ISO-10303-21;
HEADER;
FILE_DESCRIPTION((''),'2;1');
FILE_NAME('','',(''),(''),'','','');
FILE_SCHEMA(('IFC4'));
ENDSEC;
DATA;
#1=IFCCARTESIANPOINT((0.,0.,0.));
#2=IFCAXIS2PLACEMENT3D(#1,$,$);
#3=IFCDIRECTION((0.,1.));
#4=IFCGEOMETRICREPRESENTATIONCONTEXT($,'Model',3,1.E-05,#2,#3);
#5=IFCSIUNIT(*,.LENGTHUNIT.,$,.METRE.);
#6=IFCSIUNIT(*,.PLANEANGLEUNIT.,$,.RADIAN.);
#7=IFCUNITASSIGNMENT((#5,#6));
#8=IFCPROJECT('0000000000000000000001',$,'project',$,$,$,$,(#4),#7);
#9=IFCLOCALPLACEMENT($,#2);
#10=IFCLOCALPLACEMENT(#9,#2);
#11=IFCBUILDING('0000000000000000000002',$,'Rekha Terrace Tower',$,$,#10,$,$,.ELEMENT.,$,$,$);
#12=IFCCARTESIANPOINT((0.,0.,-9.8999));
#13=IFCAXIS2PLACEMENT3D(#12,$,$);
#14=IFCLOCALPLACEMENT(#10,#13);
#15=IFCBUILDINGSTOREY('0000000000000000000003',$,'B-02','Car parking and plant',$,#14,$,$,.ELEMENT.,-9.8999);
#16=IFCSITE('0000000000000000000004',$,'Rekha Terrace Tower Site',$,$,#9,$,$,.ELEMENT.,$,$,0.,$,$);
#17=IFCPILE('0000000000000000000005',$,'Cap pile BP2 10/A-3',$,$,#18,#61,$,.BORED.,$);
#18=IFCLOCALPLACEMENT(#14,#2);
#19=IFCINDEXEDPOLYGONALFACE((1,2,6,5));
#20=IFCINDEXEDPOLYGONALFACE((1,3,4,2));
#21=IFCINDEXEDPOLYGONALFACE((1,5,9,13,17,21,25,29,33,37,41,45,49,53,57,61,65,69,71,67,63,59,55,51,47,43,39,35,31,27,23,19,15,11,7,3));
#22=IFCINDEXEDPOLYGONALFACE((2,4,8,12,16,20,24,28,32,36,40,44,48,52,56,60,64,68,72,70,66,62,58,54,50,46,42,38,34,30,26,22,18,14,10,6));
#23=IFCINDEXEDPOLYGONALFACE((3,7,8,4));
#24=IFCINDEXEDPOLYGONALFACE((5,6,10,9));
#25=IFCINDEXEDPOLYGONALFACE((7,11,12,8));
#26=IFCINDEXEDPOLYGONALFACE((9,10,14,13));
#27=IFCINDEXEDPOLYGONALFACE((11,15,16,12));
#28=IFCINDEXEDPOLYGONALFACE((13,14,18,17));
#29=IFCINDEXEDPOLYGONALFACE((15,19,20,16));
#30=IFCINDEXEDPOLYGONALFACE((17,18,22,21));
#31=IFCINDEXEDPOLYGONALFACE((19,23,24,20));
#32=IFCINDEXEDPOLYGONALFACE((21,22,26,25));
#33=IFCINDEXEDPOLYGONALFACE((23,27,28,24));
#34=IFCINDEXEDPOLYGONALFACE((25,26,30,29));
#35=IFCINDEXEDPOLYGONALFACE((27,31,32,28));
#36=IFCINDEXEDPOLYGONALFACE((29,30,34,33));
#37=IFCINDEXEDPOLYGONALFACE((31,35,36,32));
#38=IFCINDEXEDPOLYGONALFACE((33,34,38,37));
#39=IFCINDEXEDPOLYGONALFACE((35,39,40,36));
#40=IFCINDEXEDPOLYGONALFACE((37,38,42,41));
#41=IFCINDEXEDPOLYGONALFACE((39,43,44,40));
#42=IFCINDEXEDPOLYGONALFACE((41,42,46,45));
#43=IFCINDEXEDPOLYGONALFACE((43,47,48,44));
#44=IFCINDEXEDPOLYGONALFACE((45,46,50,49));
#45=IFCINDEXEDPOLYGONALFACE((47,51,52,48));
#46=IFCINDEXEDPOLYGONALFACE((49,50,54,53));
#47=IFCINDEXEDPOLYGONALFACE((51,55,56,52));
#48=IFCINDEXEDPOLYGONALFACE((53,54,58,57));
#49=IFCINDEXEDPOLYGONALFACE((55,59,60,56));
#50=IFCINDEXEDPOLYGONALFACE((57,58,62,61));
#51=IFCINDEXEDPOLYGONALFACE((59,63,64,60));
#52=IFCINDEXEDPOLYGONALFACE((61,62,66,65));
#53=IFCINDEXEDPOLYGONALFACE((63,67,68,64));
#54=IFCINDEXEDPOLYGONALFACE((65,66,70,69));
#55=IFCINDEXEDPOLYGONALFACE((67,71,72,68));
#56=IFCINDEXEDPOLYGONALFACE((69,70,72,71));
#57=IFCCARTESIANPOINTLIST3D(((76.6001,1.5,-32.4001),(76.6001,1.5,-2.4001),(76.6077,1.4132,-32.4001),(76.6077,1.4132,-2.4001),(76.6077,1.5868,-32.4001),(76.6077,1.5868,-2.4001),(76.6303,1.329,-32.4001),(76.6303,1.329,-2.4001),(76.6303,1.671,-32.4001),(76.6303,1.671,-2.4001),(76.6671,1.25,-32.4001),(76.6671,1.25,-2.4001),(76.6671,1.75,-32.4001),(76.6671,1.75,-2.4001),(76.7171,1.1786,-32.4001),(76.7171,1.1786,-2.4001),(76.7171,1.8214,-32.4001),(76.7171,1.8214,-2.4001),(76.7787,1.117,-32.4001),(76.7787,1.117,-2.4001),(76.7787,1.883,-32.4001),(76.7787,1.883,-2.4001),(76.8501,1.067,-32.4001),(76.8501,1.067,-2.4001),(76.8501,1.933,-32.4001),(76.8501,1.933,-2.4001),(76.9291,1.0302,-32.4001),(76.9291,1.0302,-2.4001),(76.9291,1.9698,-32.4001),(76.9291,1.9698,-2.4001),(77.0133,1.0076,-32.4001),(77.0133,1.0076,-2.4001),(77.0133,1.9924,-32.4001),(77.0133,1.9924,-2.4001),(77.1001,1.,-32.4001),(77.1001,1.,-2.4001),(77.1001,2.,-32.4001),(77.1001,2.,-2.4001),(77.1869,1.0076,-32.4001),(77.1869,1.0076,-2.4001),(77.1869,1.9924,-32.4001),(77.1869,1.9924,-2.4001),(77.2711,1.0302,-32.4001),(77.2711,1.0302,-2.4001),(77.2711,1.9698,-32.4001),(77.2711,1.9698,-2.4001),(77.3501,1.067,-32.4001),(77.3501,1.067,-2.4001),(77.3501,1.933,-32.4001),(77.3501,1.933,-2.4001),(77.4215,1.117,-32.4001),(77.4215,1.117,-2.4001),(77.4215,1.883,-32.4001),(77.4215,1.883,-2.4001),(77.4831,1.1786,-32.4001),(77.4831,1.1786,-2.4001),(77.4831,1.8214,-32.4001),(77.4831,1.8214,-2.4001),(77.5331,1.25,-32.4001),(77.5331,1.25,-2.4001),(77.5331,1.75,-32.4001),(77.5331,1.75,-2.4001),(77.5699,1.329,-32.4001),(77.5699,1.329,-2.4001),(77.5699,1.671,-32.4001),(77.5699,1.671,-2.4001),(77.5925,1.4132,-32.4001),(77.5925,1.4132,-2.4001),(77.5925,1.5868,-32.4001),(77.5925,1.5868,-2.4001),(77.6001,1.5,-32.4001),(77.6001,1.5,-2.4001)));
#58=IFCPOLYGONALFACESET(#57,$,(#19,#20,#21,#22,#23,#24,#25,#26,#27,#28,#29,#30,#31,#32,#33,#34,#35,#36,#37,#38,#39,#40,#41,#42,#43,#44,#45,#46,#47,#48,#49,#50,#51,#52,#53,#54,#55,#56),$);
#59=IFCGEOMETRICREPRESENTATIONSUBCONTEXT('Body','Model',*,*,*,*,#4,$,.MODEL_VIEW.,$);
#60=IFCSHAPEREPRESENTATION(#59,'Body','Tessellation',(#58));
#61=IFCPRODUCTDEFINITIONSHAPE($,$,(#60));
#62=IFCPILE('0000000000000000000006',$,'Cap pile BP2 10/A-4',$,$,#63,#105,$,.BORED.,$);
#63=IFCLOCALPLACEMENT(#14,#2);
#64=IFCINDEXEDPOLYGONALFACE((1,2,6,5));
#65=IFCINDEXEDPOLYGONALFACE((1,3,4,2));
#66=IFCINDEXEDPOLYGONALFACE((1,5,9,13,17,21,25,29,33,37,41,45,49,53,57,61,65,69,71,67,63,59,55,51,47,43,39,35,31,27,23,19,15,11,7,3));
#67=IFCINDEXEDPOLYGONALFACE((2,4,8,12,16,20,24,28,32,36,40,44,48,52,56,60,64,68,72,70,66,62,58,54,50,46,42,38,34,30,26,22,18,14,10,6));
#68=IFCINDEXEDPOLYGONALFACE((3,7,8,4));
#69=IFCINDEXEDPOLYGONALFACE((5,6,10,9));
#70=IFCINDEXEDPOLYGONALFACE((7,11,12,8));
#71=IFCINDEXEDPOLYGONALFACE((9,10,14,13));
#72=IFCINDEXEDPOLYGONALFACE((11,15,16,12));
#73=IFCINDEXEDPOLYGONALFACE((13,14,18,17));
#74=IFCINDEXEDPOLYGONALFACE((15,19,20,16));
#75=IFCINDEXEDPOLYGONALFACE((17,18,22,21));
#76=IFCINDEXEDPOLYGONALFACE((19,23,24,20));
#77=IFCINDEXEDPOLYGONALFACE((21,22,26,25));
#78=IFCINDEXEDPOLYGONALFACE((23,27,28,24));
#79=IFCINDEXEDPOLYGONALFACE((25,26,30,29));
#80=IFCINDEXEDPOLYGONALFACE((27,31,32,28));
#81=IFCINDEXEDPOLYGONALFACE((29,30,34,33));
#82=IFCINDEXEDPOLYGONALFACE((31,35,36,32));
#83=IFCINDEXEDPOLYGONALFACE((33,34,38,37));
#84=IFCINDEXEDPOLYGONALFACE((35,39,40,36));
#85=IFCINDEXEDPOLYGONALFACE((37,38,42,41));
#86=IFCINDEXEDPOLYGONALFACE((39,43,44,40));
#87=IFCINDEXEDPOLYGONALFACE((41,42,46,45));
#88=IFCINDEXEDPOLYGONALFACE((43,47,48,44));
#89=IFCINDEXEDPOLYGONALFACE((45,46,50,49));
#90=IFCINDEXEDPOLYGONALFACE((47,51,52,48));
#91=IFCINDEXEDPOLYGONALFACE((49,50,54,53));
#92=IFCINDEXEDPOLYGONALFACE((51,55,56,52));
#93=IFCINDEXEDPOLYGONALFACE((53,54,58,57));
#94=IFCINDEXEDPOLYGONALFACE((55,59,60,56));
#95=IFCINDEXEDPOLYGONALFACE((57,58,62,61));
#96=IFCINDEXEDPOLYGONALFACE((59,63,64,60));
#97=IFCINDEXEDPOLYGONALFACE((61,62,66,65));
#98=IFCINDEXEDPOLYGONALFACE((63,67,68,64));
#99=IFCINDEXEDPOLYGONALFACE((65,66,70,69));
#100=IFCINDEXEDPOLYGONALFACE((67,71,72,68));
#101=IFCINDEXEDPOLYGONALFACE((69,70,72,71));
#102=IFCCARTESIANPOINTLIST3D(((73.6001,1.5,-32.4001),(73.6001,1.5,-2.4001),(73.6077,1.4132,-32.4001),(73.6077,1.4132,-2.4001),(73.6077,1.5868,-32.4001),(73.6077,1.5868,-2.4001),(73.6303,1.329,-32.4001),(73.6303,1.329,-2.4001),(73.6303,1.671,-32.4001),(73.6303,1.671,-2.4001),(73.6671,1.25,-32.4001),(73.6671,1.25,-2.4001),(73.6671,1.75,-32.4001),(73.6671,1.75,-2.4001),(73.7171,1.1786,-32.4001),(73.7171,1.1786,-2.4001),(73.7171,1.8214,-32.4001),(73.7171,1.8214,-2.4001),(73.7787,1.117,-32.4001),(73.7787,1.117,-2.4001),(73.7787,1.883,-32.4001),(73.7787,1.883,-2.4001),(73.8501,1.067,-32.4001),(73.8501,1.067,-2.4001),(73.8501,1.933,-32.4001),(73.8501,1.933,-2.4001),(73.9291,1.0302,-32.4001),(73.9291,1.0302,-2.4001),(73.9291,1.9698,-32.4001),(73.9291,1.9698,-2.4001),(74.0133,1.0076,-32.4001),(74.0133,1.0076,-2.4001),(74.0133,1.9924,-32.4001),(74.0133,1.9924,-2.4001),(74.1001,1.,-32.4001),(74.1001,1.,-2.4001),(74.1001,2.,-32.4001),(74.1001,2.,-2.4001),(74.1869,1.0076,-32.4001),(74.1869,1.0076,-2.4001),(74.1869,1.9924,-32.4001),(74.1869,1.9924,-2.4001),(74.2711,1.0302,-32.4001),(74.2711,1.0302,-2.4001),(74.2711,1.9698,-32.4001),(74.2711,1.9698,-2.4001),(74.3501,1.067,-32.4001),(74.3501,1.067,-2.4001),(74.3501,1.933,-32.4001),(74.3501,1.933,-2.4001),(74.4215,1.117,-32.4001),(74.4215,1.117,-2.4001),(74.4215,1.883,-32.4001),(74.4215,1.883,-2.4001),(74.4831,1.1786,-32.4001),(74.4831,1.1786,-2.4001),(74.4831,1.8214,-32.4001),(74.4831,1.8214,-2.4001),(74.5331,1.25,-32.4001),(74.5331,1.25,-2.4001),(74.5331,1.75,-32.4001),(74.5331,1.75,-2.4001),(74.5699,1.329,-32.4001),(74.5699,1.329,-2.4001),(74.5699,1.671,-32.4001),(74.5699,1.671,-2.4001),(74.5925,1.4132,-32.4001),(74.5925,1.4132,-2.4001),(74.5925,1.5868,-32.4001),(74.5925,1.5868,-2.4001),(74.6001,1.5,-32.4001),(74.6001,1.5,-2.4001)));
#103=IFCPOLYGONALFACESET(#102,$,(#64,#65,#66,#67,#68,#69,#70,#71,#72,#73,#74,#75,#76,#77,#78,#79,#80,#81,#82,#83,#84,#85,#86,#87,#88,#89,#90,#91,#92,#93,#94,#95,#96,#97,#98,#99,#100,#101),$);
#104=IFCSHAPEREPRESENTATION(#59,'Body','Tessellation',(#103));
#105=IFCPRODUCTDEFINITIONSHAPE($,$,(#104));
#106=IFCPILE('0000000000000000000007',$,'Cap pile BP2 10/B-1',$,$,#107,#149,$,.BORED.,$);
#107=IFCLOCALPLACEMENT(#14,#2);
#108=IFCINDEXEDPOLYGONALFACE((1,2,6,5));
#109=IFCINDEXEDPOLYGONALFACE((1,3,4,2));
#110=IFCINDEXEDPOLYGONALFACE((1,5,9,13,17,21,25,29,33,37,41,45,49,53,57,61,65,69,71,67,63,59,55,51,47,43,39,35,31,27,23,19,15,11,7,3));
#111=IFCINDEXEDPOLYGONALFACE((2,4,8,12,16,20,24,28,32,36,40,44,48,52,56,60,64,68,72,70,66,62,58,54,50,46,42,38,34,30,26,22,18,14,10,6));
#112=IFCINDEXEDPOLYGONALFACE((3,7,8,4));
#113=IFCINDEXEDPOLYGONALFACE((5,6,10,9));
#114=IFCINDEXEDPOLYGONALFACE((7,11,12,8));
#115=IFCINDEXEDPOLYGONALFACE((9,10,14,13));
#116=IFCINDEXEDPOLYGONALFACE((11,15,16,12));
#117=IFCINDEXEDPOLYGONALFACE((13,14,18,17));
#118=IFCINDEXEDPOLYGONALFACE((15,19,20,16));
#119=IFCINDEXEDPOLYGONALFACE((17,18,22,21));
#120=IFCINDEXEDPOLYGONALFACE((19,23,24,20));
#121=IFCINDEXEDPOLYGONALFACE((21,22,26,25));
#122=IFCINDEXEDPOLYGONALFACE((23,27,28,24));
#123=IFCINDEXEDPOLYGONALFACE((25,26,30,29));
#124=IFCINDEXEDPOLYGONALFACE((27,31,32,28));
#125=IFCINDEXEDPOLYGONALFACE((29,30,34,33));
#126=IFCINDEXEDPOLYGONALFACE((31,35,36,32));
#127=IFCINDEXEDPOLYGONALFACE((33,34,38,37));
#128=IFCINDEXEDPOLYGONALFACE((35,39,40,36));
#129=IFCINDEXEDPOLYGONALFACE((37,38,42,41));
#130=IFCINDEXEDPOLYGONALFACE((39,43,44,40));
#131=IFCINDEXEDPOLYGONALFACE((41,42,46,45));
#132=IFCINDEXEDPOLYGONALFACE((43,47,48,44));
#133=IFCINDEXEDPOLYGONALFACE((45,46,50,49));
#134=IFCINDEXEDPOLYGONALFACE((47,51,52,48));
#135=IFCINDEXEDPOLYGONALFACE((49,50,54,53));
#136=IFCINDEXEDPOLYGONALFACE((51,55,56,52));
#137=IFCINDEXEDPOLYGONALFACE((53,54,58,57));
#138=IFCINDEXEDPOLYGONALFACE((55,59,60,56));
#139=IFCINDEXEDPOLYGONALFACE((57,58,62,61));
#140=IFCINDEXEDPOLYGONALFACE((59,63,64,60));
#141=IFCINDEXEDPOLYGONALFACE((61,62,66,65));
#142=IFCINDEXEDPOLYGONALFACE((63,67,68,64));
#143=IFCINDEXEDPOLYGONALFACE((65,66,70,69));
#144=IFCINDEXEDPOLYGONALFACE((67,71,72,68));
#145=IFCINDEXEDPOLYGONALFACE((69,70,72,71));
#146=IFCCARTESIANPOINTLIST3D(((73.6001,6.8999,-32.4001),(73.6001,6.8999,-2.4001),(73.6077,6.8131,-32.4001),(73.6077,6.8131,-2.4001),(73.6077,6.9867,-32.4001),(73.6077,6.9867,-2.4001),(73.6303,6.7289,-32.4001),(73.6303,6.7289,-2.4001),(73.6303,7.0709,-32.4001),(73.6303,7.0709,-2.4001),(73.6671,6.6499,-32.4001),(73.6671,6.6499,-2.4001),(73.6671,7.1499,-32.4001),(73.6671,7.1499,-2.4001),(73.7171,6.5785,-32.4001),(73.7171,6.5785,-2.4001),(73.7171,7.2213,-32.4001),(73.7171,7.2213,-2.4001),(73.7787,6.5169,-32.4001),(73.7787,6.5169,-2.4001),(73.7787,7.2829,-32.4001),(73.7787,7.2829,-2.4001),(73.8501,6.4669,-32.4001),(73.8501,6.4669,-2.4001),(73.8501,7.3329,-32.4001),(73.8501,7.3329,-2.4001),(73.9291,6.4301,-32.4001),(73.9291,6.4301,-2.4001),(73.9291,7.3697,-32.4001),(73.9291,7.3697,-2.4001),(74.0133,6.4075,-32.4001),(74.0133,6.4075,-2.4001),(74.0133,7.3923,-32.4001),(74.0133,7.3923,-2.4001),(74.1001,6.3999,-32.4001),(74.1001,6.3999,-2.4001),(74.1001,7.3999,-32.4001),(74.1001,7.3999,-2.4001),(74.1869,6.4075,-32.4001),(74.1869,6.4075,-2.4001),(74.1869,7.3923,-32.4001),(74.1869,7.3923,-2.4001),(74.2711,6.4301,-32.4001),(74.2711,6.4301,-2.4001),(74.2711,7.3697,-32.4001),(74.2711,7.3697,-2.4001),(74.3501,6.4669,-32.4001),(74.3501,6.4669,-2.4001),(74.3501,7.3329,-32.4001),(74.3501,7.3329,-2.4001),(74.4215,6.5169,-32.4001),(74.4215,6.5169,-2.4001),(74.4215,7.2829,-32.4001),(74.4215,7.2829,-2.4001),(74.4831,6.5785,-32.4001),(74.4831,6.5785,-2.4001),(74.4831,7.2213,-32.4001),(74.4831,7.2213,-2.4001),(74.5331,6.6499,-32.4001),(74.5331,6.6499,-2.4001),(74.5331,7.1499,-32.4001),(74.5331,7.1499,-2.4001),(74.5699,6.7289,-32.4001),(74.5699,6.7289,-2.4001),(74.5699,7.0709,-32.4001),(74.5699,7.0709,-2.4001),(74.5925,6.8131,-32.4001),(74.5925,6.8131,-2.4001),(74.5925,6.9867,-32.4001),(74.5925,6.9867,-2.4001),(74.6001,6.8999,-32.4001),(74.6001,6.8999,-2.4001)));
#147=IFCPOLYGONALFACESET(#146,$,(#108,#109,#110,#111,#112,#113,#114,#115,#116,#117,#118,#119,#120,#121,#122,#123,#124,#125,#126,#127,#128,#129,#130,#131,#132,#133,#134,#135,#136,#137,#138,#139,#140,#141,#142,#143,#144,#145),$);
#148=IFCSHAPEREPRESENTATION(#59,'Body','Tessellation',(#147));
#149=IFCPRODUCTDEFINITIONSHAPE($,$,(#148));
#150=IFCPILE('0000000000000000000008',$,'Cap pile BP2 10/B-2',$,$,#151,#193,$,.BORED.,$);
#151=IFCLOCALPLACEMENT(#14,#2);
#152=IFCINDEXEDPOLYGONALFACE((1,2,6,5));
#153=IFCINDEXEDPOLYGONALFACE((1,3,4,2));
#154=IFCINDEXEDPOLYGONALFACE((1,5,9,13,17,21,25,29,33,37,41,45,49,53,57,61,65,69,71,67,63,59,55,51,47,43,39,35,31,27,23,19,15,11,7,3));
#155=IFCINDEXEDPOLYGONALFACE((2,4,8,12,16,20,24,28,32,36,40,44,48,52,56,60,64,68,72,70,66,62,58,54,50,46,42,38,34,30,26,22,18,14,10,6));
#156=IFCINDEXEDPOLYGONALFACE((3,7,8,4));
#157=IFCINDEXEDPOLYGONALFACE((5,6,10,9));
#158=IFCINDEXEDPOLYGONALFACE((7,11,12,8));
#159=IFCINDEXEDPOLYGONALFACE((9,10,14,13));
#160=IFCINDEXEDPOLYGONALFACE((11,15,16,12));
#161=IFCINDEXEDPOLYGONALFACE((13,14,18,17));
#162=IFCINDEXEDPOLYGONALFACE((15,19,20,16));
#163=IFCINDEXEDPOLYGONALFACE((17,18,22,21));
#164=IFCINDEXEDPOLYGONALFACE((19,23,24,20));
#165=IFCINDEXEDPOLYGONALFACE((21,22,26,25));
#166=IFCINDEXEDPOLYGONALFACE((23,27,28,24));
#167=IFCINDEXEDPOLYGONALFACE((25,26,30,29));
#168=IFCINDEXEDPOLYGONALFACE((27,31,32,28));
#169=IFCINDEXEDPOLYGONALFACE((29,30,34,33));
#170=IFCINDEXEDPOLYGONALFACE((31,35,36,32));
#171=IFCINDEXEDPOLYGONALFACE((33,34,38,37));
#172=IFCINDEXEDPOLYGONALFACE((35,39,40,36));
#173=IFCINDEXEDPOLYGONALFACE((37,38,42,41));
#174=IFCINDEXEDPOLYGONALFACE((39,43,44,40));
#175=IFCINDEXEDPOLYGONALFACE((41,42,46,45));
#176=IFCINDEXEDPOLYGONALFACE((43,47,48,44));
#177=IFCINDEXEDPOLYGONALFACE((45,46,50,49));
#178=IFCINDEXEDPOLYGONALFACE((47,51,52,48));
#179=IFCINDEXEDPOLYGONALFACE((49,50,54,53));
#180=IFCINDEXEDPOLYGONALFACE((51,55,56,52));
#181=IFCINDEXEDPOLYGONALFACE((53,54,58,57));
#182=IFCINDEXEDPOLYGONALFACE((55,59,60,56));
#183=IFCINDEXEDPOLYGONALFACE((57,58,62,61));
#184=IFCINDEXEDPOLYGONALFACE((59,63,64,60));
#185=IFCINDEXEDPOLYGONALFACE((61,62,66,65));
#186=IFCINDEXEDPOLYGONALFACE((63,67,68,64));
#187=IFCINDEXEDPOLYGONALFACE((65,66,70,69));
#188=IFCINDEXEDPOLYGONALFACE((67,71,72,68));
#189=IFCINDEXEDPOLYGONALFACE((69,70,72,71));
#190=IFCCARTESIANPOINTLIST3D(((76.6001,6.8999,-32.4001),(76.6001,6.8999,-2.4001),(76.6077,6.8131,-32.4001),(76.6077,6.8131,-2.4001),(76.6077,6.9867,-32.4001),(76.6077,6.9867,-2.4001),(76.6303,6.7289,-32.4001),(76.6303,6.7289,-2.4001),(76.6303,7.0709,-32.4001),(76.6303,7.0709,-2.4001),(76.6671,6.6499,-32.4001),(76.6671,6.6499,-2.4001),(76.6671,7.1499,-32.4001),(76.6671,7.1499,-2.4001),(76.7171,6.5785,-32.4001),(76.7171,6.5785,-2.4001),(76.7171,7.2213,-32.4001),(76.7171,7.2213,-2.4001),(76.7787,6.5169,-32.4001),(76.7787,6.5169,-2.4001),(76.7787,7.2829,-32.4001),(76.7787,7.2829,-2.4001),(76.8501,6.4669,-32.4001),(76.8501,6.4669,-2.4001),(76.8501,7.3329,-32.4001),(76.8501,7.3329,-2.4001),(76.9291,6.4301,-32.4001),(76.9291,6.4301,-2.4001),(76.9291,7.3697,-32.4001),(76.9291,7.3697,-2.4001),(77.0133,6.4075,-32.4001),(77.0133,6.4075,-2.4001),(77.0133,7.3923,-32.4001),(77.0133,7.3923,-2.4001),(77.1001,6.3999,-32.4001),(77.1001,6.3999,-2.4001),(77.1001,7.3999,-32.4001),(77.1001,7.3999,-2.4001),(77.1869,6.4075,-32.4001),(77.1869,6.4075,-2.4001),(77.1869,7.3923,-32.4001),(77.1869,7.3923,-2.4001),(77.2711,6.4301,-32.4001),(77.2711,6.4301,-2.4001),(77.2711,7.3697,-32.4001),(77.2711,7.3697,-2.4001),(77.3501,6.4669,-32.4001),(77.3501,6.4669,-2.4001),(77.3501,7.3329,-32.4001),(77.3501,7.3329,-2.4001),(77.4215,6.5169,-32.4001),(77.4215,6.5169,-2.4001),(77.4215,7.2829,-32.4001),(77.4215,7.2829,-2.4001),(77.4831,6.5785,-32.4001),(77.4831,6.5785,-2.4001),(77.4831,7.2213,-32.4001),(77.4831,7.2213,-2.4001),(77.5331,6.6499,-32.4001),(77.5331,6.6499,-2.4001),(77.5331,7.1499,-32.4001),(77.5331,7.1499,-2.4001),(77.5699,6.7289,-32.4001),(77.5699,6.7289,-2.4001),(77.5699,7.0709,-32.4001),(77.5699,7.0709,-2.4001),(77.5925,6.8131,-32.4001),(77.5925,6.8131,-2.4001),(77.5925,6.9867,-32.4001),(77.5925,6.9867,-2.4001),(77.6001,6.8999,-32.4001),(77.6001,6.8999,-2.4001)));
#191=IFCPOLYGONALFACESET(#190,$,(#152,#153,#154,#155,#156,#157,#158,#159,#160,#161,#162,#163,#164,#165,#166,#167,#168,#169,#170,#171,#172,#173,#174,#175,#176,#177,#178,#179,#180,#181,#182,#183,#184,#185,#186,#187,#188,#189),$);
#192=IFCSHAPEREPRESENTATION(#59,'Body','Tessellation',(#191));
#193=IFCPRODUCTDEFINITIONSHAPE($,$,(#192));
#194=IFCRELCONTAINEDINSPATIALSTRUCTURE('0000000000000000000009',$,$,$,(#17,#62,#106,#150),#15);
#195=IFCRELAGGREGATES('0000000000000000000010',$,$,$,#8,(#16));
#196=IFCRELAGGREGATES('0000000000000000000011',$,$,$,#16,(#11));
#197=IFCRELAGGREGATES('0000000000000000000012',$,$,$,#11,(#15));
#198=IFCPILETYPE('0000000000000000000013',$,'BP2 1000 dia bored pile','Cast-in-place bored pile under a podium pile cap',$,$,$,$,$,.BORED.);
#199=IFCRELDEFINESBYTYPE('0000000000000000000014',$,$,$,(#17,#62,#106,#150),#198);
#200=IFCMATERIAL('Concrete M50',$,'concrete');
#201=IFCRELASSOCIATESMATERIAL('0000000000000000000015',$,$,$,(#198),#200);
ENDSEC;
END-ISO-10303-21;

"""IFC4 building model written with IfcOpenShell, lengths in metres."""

from ifc_helpers import new_model, si_unit, direction, frame, origin, origin_2d, place, context, subcontext, project, spatial, circle, extrude, material, type_object, element, save


model = new_model("IFC4")

# Units and contexts
model_context = context("Model", 3, precision=1e-05, world=origin(), true_north=direction((0.0, 1.0)))
body_context = subcontext(model_context, "Body", "Model", "MODEL_VIEW")
ifc_project = project(units=[si_unit("LENGTHUNIT", "METRE"), si_unit("PLANEANGLEUNIT", "RADIAN")], contexts=[model_context])

# Site, building, storey
site_placement = place(None, origin())
site = spatial("IfcSite", under=ifc_project, at=site_placement, Name="Rekha Terrace Tower Site", CompositionType="ELEMENT", RefElevation=0.0)
building_placement = place(site_placement, origin())
building = spatial("IfcBuilding", under=site, at=building_placement, Name="Rekha Terrace Tower", CompositionType="ELEMENT")
storey_placement = place(building_placement, frame((0.0, 0.0, -9.8999)))
storey = spatial("IfcBuildingStorey", under=building, at=storey_placement, Name="B-02", Description="Car parking and plant", CompositionType="ELEMENT", Elevation=-9.8999)

# Piles
ifc_material_1 = material(Name="Concrete M50", Category="concrete")
pile_type_1 = type_object("IfcPileType", Name="BP2 1000 dia bored pile", Description="Cast-in-place bored pile under a podium pile cap", PredefinedType="BORED", material=ifc_material_1)
for number, where, z_axis, x_axis, name in (
    (1, (77.1001, 1.5, -2.4001), (0.0, 0.0, -1.0), (1.0, 0.0, 0.0), "Cap pile BP2 10/A-3"),
    (2, (74.1001, 1.5, -2.4001), (0.0, 0.0, -1.0), (1.0, 0.0, 0.0), "Cap pile BP2 10/A-4"),
    (3, (74.1001, 6.8999, -2.4001), (0.0, 0.0, -1.0), (1.0, 0.0, 0.0), "Cap pile BP2 10/B-1"),
    (4, (77.1001, 6.8999, -2.4001), (0.0, 0.0, -1.0), (1.0, 0.0, 0.0), "Cap pile BP2 10/B-2"),
):
    element("IfcPile", number, at=place(storey_placement, frame(where, z_axis=z_axis, x_axis=x_axis)), inside=storey, type_object=pile_type_1, Name=name, PredefinedType="BORED", context=body_context, shape_type="SweptSolid", body=[
        extrude(circle(Radius=0.5, at=origin_2d()), origin(), (0.0, 0.0, 1.0), 30.0),
    ])

save(model, "model.ifc")
